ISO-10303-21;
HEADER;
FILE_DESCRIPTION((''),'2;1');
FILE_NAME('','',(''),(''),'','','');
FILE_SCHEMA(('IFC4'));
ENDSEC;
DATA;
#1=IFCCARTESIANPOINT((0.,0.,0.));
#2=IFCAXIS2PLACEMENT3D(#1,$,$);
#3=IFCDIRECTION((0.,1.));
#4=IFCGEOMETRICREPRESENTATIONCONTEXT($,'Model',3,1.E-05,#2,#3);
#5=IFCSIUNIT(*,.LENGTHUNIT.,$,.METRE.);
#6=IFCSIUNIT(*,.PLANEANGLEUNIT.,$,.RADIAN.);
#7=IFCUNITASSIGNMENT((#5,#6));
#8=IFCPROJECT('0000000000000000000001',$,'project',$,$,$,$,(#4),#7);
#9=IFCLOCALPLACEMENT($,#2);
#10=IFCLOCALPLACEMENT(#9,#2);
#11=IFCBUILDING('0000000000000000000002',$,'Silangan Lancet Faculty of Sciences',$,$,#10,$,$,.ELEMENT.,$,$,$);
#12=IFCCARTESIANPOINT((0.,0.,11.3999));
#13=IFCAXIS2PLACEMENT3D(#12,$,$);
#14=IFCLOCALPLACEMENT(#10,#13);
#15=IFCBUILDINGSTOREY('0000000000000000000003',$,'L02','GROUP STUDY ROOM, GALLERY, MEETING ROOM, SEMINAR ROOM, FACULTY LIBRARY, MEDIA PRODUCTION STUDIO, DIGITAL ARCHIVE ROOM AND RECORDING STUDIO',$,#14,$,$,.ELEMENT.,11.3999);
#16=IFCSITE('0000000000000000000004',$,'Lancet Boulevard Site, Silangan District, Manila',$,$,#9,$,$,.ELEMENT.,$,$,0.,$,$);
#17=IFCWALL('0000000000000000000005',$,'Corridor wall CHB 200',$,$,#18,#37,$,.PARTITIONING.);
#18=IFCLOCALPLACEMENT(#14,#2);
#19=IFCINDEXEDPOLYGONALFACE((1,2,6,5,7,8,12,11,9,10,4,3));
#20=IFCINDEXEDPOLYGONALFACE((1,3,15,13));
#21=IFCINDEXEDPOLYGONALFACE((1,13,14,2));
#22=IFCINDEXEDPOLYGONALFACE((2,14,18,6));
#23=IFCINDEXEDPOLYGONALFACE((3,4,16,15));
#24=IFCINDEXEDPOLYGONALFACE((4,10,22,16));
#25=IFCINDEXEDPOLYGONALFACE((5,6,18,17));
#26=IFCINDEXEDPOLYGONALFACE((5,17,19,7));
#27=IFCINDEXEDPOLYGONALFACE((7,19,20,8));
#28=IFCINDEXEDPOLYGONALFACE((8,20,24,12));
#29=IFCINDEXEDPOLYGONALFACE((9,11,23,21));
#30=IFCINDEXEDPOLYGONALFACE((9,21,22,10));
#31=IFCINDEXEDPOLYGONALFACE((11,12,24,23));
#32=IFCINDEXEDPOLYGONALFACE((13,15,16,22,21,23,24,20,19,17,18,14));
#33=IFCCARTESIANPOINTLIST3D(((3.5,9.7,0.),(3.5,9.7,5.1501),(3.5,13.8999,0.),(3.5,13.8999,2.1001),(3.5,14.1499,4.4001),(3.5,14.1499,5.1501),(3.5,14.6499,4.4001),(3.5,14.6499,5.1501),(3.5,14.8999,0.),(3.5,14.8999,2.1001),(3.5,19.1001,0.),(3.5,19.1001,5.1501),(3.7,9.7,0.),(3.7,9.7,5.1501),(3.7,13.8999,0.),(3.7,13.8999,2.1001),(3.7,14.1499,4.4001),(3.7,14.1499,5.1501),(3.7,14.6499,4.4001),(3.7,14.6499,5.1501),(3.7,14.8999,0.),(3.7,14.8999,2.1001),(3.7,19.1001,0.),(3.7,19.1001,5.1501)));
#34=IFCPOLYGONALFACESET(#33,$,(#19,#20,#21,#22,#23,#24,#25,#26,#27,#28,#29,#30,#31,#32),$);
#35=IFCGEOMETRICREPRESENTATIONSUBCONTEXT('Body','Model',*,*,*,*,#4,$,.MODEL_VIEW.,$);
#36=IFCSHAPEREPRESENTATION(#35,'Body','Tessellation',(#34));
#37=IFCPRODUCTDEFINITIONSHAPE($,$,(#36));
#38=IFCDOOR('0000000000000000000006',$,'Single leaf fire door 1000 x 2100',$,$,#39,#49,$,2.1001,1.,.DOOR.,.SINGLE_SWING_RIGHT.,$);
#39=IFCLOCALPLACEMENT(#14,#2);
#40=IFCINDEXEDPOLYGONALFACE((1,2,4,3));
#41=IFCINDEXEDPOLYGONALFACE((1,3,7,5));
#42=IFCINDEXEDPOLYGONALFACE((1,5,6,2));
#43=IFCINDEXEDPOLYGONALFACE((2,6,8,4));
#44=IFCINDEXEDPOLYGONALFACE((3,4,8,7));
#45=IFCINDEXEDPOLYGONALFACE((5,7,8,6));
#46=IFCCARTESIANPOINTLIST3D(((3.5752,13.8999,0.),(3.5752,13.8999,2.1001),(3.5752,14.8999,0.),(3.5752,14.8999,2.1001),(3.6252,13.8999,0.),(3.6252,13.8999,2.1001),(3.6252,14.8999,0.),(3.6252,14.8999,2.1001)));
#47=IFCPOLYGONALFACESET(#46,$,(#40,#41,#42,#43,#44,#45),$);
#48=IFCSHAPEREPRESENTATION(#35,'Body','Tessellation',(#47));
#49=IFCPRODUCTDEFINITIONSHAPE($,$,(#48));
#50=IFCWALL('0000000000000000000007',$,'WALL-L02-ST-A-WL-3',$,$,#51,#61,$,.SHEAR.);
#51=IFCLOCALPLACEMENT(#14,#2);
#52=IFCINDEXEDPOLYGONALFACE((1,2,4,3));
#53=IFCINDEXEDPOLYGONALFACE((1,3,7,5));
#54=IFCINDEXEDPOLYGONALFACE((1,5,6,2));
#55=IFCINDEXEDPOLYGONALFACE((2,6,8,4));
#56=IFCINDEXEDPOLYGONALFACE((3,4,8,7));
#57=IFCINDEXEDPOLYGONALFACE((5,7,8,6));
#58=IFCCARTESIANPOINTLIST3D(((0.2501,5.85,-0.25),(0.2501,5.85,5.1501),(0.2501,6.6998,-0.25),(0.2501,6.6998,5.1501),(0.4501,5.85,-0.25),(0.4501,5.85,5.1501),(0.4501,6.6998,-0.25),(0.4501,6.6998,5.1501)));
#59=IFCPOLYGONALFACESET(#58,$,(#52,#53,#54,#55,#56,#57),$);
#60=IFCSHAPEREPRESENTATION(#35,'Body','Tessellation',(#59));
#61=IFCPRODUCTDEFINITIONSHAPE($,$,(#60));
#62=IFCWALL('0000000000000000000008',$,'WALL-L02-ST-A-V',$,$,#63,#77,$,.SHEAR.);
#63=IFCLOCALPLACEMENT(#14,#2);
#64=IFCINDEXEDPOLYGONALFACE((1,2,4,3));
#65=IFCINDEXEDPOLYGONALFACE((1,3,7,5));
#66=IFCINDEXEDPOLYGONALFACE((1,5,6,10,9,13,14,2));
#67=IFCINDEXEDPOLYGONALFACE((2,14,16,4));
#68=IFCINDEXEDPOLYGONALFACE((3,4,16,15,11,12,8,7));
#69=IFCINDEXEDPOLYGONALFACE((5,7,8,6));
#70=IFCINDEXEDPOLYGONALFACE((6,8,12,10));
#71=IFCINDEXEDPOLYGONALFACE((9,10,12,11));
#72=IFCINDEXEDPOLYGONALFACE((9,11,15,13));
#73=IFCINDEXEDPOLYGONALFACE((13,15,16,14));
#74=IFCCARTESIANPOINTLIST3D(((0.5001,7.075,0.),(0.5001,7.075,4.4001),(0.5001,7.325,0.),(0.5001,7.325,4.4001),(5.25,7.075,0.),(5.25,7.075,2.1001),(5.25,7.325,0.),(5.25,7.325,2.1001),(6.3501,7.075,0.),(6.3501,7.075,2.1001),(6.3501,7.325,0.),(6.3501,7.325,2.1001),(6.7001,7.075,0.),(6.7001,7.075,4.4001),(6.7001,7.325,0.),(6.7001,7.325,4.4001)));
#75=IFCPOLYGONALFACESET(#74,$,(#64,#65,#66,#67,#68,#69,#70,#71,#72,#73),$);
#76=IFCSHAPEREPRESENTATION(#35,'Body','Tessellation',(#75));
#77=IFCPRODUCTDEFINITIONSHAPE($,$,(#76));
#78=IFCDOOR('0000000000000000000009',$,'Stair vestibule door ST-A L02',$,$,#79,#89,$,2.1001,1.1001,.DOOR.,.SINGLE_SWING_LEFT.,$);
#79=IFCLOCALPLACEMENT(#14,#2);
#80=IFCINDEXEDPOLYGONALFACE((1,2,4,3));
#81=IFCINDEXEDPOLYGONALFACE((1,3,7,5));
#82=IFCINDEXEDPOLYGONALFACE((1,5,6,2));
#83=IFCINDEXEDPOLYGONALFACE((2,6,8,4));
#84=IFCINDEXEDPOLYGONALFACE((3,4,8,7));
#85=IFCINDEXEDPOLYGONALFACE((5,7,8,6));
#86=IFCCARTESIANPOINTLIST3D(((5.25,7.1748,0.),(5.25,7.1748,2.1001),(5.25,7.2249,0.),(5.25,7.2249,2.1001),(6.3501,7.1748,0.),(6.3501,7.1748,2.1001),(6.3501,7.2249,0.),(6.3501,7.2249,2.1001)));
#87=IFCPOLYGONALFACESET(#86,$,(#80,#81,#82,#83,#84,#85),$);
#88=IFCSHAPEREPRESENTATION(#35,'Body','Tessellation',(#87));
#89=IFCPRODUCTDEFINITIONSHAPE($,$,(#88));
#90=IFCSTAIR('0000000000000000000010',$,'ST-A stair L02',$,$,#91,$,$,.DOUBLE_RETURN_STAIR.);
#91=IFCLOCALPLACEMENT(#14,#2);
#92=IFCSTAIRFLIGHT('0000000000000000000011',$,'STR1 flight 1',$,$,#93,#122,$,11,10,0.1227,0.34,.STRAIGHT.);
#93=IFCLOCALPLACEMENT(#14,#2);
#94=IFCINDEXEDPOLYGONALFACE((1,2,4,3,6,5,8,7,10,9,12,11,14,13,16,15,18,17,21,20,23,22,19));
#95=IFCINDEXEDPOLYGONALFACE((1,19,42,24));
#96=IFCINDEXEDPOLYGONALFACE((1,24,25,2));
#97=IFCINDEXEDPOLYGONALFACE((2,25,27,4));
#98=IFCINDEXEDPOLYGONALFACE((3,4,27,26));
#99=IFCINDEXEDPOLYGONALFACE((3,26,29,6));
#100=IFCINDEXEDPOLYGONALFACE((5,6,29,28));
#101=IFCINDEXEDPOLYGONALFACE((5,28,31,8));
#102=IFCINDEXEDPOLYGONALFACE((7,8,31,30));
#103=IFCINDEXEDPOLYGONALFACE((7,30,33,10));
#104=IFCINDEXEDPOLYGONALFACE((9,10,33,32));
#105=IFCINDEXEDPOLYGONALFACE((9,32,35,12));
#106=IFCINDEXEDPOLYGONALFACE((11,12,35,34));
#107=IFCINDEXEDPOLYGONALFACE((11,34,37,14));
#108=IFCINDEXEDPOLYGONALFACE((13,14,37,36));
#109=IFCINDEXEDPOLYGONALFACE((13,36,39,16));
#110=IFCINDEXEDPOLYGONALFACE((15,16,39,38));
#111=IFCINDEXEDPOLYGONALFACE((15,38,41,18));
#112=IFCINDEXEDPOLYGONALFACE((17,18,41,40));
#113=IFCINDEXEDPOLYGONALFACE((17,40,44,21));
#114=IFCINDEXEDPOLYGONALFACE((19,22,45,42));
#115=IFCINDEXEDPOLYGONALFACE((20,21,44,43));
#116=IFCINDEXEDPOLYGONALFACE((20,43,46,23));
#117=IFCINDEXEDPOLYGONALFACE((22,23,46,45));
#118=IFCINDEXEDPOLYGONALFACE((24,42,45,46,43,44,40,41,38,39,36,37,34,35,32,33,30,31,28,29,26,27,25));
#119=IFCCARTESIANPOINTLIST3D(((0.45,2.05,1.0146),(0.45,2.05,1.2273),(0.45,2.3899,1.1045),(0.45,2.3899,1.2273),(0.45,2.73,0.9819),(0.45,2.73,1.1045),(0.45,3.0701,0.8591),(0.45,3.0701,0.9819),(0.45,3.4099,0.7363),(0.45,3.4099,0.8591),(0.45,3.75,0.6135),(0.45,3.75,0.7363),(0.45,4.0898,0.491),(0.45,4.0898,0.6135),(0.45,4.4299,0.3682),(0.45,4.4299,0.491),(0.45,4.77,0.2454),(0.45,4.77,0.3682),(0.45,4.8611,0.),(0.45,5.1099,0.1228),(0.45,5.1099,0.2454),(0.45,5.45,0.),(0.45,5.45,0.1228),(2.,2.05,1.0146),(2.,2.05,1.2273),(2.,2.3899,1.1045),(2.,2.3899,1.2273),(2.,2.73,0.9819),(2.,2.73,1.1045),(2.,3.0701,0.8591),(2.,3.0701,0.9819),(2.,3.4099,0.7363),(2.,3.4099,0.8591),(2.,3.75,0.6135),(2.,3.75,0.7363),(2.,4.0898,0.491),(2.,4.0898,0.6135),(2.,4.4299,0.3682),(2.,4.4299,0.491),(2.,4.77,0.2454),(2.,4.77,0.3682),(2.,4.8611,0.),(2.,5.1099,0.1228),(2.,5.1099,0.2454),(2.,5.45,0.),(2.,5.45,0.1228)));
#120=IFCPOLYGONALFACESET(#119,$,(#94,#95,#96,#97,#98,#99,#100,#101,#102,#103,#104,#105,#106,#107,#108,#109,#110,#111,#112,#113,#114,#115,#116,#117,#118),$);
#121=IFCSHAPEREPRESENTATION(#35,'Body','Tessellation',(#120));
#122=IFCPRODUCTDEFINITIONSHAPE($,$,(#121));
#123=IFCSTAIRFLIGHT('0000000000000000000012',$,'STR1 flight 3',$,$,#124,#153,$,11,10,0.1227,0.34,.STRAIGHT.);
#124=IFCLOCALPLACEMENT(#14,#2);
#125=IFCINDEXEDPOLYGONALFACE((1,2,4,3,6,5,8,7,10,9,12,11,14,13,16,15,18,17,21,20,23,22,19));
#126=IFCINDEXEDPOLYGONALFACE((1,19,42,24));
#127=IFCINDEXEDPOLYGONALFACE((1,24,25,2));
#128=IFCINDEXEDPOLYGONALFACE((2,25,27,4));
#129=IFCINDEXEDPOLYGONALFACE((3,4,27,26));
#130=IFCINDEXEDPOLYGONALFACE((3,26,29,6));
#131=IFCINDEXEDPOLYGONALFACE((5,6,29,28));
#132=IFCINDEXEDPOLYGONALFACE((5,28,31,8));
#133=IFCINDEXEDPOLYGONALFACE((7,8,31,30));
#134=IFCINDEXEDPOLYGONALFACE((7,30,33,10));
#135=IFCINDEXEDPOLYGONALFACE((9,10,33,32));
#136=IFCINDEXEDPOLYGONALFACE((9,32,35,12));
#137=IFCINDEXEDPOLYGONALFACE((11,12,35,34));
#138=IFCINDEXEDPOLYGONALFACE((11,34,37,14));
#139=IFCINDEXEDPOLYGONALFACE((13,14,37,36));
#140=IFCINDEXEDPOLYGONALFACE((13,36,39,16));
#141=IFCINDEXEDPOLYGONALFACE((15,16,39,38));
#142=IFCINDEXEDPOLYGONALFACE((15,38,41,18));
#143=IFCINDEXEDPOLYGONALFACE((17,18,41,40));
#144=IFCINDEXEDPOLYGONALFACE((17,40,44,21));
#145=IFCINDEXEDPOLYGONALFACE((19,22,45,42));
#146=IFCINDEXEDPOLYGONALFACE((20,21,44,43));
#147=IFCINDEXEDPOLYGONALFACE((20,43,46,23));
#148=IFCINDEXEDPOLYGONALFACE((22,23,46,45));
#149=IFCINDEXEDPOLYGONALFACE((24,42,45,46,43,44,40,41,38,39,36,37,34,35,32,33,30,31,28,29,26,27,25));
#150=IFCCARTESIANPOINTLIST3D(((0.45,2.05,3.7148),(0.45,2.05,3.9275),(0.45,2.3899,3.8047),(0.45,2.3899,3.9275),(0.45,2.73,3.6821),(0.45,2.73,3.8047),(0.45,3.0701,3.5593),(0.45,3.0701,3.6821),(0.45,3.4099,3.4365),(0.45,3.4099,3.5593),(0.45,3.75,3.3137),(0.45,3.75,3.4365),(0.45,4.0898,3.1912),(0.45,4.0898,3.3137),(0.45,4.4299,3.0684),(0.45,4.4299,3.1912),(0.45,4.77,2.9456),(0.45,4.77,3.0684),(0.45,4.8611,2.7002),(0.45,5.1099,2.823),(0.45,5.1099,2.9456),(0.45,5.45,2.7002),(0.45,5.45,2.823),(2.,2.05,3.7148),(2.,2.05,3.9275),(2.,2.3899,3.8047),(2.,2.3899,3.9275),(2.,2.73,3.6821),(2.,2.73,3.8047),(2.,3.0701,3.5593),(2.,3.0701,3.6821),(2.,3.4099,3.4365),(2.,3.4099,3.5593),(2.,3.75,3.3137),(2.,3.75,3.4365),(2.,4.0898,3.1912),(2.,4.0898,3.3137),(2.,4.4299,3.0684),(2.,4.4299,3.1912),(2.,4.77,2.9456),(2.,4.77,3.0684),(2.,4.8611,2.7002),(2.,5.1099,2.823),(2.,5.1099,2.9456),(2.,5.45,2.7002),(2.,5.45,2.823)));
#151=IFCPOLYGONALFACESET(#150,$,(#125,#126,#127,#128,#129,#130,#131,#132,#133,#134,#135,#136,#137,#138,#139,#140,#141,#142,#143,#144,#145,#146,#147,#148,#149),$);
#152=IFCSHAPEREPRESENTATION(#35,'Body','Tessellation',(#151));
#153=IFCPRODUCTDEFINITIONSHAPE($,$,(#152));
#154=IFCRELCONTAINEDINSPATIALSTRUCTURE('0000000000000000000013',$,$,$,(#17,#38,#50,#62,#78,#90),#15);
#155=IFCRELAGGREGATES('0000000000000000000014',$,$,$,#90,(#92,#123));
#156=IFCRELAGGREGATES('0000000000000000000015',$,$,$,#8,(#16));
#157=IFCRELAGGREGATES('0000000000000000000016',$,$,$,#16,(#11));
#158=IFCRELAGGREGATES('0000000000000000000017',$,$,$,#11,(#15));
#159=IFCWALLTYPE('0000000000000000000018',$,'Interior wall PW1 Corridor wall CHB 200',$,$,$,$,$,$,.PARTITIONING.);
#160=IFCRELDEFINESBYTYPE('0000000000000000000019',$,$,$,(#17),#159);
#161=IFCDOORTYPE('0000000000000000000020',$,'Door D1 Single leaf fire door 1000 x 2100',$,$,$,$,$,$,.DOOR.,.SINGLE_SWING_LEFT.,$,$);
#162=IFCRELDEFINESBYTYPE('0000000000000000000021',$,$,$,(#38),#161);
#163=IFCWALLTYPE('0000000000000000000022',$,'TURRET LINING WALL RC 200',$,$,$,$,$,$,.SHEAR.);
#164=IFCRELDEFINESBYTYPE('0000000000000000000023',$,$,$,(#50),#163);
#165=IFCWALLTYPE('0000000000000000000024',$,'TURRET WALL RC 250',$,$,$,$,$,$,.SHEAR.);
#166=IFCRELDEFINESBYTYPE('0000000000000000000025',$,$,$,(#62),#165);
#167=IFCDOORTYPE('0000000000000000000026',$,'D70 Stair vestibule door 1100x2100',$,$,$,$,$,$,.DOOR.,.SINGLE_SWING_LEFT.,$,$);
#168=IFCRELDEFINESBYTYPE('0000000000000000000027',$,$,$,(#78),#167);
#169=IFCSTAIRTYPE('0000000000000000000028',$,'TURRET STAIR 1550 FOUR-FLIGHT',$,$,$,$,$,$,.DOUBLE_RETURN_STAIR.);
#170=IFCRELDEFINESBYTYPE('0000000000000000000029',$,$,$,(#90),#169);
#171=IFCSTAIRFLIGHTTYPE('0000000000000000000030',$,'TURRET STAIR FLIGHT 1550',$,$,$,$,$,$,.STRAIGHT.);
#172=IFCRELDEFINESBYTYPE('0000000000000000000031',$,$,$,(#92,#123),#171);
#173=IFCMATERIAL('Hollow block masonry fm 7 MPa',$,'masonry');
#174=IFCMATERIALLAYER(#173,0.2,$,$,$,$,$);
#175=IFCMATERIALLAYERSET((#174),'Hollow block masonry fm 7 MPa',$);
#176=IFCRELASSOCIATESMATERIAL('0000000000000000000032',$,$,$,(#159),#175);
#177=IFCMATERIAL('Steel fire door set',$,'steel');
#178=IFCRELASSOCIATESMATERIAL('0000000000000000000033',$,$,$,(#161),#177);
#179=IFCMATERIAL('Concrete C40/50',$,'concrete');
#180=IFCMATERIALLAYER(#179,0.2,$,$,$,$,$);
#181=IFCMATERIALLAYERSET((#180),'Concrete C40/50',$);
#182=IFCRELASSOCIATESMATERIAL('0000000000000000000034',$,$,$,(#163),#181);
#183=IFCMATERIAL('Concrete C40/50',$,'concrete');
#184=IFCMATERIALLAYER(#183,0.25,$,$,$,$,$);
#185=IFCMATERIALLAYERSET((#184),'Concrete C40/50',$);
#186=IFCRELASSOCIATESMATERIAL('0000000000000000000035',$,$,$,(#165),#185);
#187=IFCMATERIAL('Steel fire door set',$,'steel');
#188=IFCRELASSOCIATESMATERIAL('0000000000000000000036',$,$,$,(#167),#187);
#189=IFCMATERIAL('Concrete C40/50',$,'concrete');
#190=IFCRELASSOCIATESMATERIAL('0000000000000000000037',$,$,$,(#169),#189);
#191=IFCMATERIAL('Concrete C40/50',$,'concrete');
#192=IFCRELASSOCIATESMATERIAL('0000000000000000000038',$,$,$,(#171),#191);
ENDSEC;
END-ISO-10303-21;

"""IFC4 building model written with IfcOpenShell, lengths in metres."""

from ifc_helpers import new_model, si_unit, direction, frame, frame_2d, origin, place, context, subcontext, project, spatial, polyline, rectangle, outline, extrude, material, layer, layer_set, type_object, element, fill, aggregate, save


model = new_model("IFC4")

# Units and contexts
model_context = context("Model", 3, precision=1e-05, world=origin(), true_north=direction((0.0, 1.0)))
body_context = subcontext(model_context, "Body", "Model", "MODEL_VIEW")
ifc_project = project(units=[si_unit("LENGTHUNIT", "METRE"), si_unit("PLANEANGLEUNIT", "RADIAN")], contexts=[model_context])

# Site, building, storey
site_placement = place(None, origin())
site = spatial("IfcSite", under=ifc_project, at=site_placement, Name="Lancet Boulevard Site, Silangan District, Manila", CompositionType="ELEMENT", RefElevation=0.0)
building_placement = place(site_placement, origin())
building = spatial("IfcBuilding", under=site, at=building_placement, Name="Silangan Lancet Faculty of Sciences", CompositionType="ELEMENT")
storey_placement = place(building_placement, frame((0.0, 0.0, 11.3999)))
storey = spatial("IfcBuildingStorey", under=building, at=storey_placement, Name="L02", Description="GROUP STUDY ROOM, GALLERY, MEETING ROOM, SEMINAR ROOM, FACULTY LIBRARY, MEDIA PRODUCTION STUDIO, DIGITAL ARCHIVE ROOM AND RECORDING STUDIO", CompositionType="ELEMENT", Elevation=11.3999)

# Shared definitions
ifc_material_1 = material(Name="Hollow block masonry fm 7 MPa", Category="masonry")
ifc_layer_1 = layer(ifc_material_1, 0.2)
ifc_layer_set_1 = layer_set([ifc_layer_1], Name="Hollow block masonry fm 7 MPa")
wall_type_1 = type_object("IfcWallType", Name="Interior wall PW1 Corridor wall CHB 200", PredefinedType="PARTITIONING", material=ifc_layer_set_1)
ifc_material_2 = material(Name="Steel fire door set", Category="steel")
door_type_1 = type_object("IfcDoorType", Name="Door D1 Single leaf fire door 1000 x 2100", OperationType="SINGLE_SWING_LEFT", PredefinedType="DOOR", material=ifc_material_2)

# Wall, opening, door
wall_1_placement = place(storey_placement, frame((3.6001, 9.7, 0.0), z_axis=(0.0, 0.0, 1.0), x_axis=(0.0, 1.0, 0.0)))
wall_1 = element("IfcWall", 1, at=wall_1_placement, inside=storey, type_object=wall_type_1, Name="Corridor wall CHB 200", PredefinedType="PARTITIONING", context=body_context, shape_type="SweptSolid", body=[
    extrude(outline(polyline([(0.0, 0.0), (9.4001, 0.0), (9.4001, 5.1501), (4.95, 5.1501), (4.95, 4.4001), (4.45, 4.4001), (4.45, 5.1501), (0.0, 5.1501), (0.0, 0.0)])), frame((0.0, 0.1001, 0.0), z_axis=(0.0, -1.0, 0.0), x_axis=(1.0, 0.0, 0.0)), (0.0, 0.0, 1.0), 0.2),
])
opening_1_placement = place(wall_1_placement, frame((4.2, 0.0, 0.0)))
opening_1 = element("IfcOpeningElement", 2, at=opening_1_placement, cuts=wall_1, PredefinedType="OPENING", context=body_context, shape_type="SweptSolid", body=[
    extrude(rectangle(XDim=1.0, YDim=2.1001, at=frame_2d((0.5, 1.05))), frame((0.0, 0.1099, 0.0), z_axis=(0.0, -1.0, 0.0), x_axis=(1.0, 0.0, 0.0)), (0.0, 0.0, 1.0), 0.22),
])
door_1_placement = place(opening_1_placement, frame((1.0, 0.0, 0.0), z_axis=(0.0, 0.0, 1.0), x_axis=(-1.0, 0.0, 0.0)))
door_1 = element("IfcDoor", 3, at=door_1_placement, inside=storey, type_object=door_type_1, Name="Single leaf fire door 1000 x 2100", OperationType="SINGLE_SWING_RIGHT", OverallHeight=2.1001, OverallWidth=1.0, PredefinedType="DOOR", context=body_context, shape_type="SweptSolid", body=[
    extrude(rectangle(XDim=1.0, YDim=2.1001, at=frame_2d((0.5, 1.05))), frame((0.0, 0.0251, 0.0), z_axis=(0.0, -1.0, 0.0), x_axis=(1.0, 0.0, 0.0)), (0.0, 0.0, 1.0), 0.05),
])
fill(opening_1, door_1)

# Wall
ifc_material_3 = material(Name="Concrete C40/50", Category="concrete")
ifc_layer_2 = layer(ifc_material_3, 0.2)
ifc_layer_set_2 = layer_set([ifc_layer_2], Name="Concrete C40/50")
wall_type_2 = type_object("IfcWallType", Name="TURRET LINING WALL RC 200", PredefinedType="SHEAR", material=ifc_layer_set_2)
wall_2_placement = place(storey_placement, frame((0.3501, 5.8501, -0.25), z_axis=(0.0, 0.0, 1.0), x_axis=(0.0, 1.0, 0.0)))
element("IfcWall", 4, at=wall_2_placement, inside=storey, type_object=wall_type_2, Name="WALL-L02-ST-A-WL-3", PredefinedType="SHEAR", context=body_context, shape_type="SweptSolid", body=[
    extrude(rectangle(XDim=0.8499, YDim=0.2, at=frame_2d((0.4248, 0.0))), origin(), (0.0, 0.0, 1.0), 5.4001),
])

# Wall, opening, door
ifc_material_4 = material(Name="Concrete C40/50", Category="concrete")
ifc_layer_3 = layer(ifc_material_4, 0.25)
ifc_layer_set_3 = layer_set([ifc_layer_3], Name="Concrete C40/50")
wall_type_3 = type_object("IfcWallType", Name="TURRET WALL RC 250", PredefinedType="SHEAR", material=ifc_layer_set_3)
wall_3_placement = place(storey_placement, frame((0.5, 7.2, 0.0), z_axis=(0.0, 0.0, 1.0), x_axis=(1.0, 0.0, 0.0)))
wall_3 = element("IfcWall", 5, at=wall_3_placement, inside=storey, type_object=wall_type_3, Name="WALL-L02-ST-A-V", PredefinedType="SHEAR", context=body_context, shape_type="SweptSolid", body=[
    extrude(rectangle(XDim=6.2, YDim=0.25, at=frame_2d((3.1001, 0.0))), origin(), (0.0, 0.0, 1.0), 4.4001),
])
opening_2_placement = place(wall_3_placement, frame((4.75, 0.0, 0.0)))
opening_2 = element("IfcOpeningElement", 6, at=opening_2_placement, cuts=wall_3, PredefinedType="OPENING", context=body_context, shape_type="SweptSolid", body=[
    extrude(rectangle(XDim=1.1001, YDim=2.1001, at=frame_2d((0.55, 1.05))), frame((0.0, 0.135, 0.0), z_axis=(0.0, -1.0, 0.0), x_axis=(1.0, 0.0, 0.0)), (0.0, 0.0, 1.0), 0.27),
])
ifc_material_5 = material(Name="Steel fire door set", Category="steel")
door_type_2 = type_object("IfcDoorType", Name="D70 Stair vestibule door 1100x2100", OperationType="SINGLE_SWING_LEFT", PredefinedType="DOOR", material=ifc_material_5)
door_2_placement = place(opening_2_placement, frame((1.1001, 0.0, 0.0), z_axis=(0.0, 0.0, 1.0), x_axis=(-1.0, 0.0, 0.0)))
door_2 = element("IfcDoor", 7, at=door_2_placement, inside=storey, type_object=door_type_2, Name="Stair vestibule door ST-A L02", OperationType="SINGLE_SWING_LEFT", OverallHeight=2.1001, OverallWidth=1.1001, PredefinedType="DOOR", context=body_context, shape_type="SweptSolid", body=[
    extrude(rectangle(XDim=1.1001, YDim=2.1001, at=frame_2d((0.55, 1.05))), frame((0.0, 0.0251, 0.0), z_axis=(0.0, -1.0, 0.0), x_axis=(1.0, 0.0, 0.0)), (0.0, 0.0, 1.0), 0.05),
])
fill(opening_2, door_2)

# Stair, stair flights
ifc_material_6 = material(Name="Concrete C40/50", Category="concrete")
stair_type = type_object("IfcStairType", Name="TURRET STAIR 1550 FOUR-FLIGHT", PredefinedType="DOUBLE_RETURN_STAIR", material=ifc_material_6)
stair_placement = place(storey_placement, origin())
stair = element("IfcStair", 8, at=stair_placement, inside=storey, type_object=stair_type, Name="ST-A stair L02", PredefinedType="DOUBLE_RETURN_STAIR")
ifc_material_7 = material(Name="Concrete C40/50", Category="concrete")
stair_flight_type = type_object("IfcStairFlightType", Name="TURRET STAIR FLIGHT 1550", PredefinedType="STRAIGHT", material=ifc_material_7)
stair_flight_1_placement = place(storey_placement, frame((1.2251, 5.45, 0.0), z_axis=(0.0, 0.0, 1.0), x_axis=(0.0, -1.0, 0.0)))
stair_flight_1 = element("IfcStairFlight", 9, at=stair_flight_1_placement, type_object=stair_flight_type, Name="STR1 flight 1", NumberOfRisers=11, NumberOfTreads=10, PredefinedType="STRAIGHT", RiserHeight=0.1227, TreadLength=0.34, context=body_context, shape_type="SweptSolid", body=[
    extrude(outline(polyline([(0.0, 0.0), (0.0, 0.1228), (0.3401, 0.1228), (0.3401, 0.2454), (0.6799, 0.2454), (0.6799, 0.3682), (1.02, 0.3682), (1.02, 0.491), (1.3601, 0.491), (1.3601, 0.6135), (1.7, 0.6135), (1.7, 0.7363), (2.04, 0.7363), (2.04, 0.8591), (2.3799, 0.8591), (2.3799, 0.9819), (2.72, 0.9819), (2.72, 1.1045), (3.0601, 1.1045), (3.0601, 1.2273), (3.3999, 1.2273), (3.3999, 1.3501), (3.3999, 1.0146), (0.5889, 0.0), (0.0, 0.0)])), frame((0.0, 0.7749, 0.0), z_axis=(0.0, -1.0, 0.0), x_axis=(1.0, 0.0, 0.0)), (0.0, 0.0, 1.0), 1.55),
])
stair_flight_2_placement = place(storey_placement, frame((1.2251, 5.45, 2.7002), z_axis=(0.0, 0.0, 1.0), x_axis=(0.0, -1.0, 0.0)))
stair_flight_2 = element("IfcStairFlight", 10, at=stair_flight_2_placement, type_object=stair_flight_type, Name="STR1 flight 3", NumberOfRisers=11, NumberOfTreads=10, PredefinedType="STRAIGHT", RiserHeight=0.1227, TreadLength=0.34, context=body_context, shape_type="SweptSolid", body=[
    extrude(outline(polyline([(0.0, 0.0), (0.0, 0.1228), (0.3401, 0.1228), (0.3401, 0.2454), (0.6799, 0.2454), (0.6799, 0.3682), (1.02, 0.3682), (1.02, 0.491), (1.3601, 0.491), (1.3601, 0.6135), (1.7, 0.6135), (1.7, 0.7363), (2.04, 0.7363), (2.04, 0.8591), (2.3799, 0.8591), (2.3799, 0.9819), (2.72, 0.9819), (2.72, 1.1045), (3.0601, 1.1045), (3.0601, 1.2273), (3.3999, 1.2273), (3.3999, 1.3501), (3.3999, 1.0146), (0.5889, 0.0), (0.0, 0.0)])), frame((0.0, 0.7749, 0.0), z_axis=(0.0, -1.0, 0.0), x_axis=(1.0, 0.0, 0.0)), (0.0, 0.0, 1.0), 1.55),
])
aggregate(stair, [stair_flight_1, stair_flight_2])

save(model, "model.ifc")
